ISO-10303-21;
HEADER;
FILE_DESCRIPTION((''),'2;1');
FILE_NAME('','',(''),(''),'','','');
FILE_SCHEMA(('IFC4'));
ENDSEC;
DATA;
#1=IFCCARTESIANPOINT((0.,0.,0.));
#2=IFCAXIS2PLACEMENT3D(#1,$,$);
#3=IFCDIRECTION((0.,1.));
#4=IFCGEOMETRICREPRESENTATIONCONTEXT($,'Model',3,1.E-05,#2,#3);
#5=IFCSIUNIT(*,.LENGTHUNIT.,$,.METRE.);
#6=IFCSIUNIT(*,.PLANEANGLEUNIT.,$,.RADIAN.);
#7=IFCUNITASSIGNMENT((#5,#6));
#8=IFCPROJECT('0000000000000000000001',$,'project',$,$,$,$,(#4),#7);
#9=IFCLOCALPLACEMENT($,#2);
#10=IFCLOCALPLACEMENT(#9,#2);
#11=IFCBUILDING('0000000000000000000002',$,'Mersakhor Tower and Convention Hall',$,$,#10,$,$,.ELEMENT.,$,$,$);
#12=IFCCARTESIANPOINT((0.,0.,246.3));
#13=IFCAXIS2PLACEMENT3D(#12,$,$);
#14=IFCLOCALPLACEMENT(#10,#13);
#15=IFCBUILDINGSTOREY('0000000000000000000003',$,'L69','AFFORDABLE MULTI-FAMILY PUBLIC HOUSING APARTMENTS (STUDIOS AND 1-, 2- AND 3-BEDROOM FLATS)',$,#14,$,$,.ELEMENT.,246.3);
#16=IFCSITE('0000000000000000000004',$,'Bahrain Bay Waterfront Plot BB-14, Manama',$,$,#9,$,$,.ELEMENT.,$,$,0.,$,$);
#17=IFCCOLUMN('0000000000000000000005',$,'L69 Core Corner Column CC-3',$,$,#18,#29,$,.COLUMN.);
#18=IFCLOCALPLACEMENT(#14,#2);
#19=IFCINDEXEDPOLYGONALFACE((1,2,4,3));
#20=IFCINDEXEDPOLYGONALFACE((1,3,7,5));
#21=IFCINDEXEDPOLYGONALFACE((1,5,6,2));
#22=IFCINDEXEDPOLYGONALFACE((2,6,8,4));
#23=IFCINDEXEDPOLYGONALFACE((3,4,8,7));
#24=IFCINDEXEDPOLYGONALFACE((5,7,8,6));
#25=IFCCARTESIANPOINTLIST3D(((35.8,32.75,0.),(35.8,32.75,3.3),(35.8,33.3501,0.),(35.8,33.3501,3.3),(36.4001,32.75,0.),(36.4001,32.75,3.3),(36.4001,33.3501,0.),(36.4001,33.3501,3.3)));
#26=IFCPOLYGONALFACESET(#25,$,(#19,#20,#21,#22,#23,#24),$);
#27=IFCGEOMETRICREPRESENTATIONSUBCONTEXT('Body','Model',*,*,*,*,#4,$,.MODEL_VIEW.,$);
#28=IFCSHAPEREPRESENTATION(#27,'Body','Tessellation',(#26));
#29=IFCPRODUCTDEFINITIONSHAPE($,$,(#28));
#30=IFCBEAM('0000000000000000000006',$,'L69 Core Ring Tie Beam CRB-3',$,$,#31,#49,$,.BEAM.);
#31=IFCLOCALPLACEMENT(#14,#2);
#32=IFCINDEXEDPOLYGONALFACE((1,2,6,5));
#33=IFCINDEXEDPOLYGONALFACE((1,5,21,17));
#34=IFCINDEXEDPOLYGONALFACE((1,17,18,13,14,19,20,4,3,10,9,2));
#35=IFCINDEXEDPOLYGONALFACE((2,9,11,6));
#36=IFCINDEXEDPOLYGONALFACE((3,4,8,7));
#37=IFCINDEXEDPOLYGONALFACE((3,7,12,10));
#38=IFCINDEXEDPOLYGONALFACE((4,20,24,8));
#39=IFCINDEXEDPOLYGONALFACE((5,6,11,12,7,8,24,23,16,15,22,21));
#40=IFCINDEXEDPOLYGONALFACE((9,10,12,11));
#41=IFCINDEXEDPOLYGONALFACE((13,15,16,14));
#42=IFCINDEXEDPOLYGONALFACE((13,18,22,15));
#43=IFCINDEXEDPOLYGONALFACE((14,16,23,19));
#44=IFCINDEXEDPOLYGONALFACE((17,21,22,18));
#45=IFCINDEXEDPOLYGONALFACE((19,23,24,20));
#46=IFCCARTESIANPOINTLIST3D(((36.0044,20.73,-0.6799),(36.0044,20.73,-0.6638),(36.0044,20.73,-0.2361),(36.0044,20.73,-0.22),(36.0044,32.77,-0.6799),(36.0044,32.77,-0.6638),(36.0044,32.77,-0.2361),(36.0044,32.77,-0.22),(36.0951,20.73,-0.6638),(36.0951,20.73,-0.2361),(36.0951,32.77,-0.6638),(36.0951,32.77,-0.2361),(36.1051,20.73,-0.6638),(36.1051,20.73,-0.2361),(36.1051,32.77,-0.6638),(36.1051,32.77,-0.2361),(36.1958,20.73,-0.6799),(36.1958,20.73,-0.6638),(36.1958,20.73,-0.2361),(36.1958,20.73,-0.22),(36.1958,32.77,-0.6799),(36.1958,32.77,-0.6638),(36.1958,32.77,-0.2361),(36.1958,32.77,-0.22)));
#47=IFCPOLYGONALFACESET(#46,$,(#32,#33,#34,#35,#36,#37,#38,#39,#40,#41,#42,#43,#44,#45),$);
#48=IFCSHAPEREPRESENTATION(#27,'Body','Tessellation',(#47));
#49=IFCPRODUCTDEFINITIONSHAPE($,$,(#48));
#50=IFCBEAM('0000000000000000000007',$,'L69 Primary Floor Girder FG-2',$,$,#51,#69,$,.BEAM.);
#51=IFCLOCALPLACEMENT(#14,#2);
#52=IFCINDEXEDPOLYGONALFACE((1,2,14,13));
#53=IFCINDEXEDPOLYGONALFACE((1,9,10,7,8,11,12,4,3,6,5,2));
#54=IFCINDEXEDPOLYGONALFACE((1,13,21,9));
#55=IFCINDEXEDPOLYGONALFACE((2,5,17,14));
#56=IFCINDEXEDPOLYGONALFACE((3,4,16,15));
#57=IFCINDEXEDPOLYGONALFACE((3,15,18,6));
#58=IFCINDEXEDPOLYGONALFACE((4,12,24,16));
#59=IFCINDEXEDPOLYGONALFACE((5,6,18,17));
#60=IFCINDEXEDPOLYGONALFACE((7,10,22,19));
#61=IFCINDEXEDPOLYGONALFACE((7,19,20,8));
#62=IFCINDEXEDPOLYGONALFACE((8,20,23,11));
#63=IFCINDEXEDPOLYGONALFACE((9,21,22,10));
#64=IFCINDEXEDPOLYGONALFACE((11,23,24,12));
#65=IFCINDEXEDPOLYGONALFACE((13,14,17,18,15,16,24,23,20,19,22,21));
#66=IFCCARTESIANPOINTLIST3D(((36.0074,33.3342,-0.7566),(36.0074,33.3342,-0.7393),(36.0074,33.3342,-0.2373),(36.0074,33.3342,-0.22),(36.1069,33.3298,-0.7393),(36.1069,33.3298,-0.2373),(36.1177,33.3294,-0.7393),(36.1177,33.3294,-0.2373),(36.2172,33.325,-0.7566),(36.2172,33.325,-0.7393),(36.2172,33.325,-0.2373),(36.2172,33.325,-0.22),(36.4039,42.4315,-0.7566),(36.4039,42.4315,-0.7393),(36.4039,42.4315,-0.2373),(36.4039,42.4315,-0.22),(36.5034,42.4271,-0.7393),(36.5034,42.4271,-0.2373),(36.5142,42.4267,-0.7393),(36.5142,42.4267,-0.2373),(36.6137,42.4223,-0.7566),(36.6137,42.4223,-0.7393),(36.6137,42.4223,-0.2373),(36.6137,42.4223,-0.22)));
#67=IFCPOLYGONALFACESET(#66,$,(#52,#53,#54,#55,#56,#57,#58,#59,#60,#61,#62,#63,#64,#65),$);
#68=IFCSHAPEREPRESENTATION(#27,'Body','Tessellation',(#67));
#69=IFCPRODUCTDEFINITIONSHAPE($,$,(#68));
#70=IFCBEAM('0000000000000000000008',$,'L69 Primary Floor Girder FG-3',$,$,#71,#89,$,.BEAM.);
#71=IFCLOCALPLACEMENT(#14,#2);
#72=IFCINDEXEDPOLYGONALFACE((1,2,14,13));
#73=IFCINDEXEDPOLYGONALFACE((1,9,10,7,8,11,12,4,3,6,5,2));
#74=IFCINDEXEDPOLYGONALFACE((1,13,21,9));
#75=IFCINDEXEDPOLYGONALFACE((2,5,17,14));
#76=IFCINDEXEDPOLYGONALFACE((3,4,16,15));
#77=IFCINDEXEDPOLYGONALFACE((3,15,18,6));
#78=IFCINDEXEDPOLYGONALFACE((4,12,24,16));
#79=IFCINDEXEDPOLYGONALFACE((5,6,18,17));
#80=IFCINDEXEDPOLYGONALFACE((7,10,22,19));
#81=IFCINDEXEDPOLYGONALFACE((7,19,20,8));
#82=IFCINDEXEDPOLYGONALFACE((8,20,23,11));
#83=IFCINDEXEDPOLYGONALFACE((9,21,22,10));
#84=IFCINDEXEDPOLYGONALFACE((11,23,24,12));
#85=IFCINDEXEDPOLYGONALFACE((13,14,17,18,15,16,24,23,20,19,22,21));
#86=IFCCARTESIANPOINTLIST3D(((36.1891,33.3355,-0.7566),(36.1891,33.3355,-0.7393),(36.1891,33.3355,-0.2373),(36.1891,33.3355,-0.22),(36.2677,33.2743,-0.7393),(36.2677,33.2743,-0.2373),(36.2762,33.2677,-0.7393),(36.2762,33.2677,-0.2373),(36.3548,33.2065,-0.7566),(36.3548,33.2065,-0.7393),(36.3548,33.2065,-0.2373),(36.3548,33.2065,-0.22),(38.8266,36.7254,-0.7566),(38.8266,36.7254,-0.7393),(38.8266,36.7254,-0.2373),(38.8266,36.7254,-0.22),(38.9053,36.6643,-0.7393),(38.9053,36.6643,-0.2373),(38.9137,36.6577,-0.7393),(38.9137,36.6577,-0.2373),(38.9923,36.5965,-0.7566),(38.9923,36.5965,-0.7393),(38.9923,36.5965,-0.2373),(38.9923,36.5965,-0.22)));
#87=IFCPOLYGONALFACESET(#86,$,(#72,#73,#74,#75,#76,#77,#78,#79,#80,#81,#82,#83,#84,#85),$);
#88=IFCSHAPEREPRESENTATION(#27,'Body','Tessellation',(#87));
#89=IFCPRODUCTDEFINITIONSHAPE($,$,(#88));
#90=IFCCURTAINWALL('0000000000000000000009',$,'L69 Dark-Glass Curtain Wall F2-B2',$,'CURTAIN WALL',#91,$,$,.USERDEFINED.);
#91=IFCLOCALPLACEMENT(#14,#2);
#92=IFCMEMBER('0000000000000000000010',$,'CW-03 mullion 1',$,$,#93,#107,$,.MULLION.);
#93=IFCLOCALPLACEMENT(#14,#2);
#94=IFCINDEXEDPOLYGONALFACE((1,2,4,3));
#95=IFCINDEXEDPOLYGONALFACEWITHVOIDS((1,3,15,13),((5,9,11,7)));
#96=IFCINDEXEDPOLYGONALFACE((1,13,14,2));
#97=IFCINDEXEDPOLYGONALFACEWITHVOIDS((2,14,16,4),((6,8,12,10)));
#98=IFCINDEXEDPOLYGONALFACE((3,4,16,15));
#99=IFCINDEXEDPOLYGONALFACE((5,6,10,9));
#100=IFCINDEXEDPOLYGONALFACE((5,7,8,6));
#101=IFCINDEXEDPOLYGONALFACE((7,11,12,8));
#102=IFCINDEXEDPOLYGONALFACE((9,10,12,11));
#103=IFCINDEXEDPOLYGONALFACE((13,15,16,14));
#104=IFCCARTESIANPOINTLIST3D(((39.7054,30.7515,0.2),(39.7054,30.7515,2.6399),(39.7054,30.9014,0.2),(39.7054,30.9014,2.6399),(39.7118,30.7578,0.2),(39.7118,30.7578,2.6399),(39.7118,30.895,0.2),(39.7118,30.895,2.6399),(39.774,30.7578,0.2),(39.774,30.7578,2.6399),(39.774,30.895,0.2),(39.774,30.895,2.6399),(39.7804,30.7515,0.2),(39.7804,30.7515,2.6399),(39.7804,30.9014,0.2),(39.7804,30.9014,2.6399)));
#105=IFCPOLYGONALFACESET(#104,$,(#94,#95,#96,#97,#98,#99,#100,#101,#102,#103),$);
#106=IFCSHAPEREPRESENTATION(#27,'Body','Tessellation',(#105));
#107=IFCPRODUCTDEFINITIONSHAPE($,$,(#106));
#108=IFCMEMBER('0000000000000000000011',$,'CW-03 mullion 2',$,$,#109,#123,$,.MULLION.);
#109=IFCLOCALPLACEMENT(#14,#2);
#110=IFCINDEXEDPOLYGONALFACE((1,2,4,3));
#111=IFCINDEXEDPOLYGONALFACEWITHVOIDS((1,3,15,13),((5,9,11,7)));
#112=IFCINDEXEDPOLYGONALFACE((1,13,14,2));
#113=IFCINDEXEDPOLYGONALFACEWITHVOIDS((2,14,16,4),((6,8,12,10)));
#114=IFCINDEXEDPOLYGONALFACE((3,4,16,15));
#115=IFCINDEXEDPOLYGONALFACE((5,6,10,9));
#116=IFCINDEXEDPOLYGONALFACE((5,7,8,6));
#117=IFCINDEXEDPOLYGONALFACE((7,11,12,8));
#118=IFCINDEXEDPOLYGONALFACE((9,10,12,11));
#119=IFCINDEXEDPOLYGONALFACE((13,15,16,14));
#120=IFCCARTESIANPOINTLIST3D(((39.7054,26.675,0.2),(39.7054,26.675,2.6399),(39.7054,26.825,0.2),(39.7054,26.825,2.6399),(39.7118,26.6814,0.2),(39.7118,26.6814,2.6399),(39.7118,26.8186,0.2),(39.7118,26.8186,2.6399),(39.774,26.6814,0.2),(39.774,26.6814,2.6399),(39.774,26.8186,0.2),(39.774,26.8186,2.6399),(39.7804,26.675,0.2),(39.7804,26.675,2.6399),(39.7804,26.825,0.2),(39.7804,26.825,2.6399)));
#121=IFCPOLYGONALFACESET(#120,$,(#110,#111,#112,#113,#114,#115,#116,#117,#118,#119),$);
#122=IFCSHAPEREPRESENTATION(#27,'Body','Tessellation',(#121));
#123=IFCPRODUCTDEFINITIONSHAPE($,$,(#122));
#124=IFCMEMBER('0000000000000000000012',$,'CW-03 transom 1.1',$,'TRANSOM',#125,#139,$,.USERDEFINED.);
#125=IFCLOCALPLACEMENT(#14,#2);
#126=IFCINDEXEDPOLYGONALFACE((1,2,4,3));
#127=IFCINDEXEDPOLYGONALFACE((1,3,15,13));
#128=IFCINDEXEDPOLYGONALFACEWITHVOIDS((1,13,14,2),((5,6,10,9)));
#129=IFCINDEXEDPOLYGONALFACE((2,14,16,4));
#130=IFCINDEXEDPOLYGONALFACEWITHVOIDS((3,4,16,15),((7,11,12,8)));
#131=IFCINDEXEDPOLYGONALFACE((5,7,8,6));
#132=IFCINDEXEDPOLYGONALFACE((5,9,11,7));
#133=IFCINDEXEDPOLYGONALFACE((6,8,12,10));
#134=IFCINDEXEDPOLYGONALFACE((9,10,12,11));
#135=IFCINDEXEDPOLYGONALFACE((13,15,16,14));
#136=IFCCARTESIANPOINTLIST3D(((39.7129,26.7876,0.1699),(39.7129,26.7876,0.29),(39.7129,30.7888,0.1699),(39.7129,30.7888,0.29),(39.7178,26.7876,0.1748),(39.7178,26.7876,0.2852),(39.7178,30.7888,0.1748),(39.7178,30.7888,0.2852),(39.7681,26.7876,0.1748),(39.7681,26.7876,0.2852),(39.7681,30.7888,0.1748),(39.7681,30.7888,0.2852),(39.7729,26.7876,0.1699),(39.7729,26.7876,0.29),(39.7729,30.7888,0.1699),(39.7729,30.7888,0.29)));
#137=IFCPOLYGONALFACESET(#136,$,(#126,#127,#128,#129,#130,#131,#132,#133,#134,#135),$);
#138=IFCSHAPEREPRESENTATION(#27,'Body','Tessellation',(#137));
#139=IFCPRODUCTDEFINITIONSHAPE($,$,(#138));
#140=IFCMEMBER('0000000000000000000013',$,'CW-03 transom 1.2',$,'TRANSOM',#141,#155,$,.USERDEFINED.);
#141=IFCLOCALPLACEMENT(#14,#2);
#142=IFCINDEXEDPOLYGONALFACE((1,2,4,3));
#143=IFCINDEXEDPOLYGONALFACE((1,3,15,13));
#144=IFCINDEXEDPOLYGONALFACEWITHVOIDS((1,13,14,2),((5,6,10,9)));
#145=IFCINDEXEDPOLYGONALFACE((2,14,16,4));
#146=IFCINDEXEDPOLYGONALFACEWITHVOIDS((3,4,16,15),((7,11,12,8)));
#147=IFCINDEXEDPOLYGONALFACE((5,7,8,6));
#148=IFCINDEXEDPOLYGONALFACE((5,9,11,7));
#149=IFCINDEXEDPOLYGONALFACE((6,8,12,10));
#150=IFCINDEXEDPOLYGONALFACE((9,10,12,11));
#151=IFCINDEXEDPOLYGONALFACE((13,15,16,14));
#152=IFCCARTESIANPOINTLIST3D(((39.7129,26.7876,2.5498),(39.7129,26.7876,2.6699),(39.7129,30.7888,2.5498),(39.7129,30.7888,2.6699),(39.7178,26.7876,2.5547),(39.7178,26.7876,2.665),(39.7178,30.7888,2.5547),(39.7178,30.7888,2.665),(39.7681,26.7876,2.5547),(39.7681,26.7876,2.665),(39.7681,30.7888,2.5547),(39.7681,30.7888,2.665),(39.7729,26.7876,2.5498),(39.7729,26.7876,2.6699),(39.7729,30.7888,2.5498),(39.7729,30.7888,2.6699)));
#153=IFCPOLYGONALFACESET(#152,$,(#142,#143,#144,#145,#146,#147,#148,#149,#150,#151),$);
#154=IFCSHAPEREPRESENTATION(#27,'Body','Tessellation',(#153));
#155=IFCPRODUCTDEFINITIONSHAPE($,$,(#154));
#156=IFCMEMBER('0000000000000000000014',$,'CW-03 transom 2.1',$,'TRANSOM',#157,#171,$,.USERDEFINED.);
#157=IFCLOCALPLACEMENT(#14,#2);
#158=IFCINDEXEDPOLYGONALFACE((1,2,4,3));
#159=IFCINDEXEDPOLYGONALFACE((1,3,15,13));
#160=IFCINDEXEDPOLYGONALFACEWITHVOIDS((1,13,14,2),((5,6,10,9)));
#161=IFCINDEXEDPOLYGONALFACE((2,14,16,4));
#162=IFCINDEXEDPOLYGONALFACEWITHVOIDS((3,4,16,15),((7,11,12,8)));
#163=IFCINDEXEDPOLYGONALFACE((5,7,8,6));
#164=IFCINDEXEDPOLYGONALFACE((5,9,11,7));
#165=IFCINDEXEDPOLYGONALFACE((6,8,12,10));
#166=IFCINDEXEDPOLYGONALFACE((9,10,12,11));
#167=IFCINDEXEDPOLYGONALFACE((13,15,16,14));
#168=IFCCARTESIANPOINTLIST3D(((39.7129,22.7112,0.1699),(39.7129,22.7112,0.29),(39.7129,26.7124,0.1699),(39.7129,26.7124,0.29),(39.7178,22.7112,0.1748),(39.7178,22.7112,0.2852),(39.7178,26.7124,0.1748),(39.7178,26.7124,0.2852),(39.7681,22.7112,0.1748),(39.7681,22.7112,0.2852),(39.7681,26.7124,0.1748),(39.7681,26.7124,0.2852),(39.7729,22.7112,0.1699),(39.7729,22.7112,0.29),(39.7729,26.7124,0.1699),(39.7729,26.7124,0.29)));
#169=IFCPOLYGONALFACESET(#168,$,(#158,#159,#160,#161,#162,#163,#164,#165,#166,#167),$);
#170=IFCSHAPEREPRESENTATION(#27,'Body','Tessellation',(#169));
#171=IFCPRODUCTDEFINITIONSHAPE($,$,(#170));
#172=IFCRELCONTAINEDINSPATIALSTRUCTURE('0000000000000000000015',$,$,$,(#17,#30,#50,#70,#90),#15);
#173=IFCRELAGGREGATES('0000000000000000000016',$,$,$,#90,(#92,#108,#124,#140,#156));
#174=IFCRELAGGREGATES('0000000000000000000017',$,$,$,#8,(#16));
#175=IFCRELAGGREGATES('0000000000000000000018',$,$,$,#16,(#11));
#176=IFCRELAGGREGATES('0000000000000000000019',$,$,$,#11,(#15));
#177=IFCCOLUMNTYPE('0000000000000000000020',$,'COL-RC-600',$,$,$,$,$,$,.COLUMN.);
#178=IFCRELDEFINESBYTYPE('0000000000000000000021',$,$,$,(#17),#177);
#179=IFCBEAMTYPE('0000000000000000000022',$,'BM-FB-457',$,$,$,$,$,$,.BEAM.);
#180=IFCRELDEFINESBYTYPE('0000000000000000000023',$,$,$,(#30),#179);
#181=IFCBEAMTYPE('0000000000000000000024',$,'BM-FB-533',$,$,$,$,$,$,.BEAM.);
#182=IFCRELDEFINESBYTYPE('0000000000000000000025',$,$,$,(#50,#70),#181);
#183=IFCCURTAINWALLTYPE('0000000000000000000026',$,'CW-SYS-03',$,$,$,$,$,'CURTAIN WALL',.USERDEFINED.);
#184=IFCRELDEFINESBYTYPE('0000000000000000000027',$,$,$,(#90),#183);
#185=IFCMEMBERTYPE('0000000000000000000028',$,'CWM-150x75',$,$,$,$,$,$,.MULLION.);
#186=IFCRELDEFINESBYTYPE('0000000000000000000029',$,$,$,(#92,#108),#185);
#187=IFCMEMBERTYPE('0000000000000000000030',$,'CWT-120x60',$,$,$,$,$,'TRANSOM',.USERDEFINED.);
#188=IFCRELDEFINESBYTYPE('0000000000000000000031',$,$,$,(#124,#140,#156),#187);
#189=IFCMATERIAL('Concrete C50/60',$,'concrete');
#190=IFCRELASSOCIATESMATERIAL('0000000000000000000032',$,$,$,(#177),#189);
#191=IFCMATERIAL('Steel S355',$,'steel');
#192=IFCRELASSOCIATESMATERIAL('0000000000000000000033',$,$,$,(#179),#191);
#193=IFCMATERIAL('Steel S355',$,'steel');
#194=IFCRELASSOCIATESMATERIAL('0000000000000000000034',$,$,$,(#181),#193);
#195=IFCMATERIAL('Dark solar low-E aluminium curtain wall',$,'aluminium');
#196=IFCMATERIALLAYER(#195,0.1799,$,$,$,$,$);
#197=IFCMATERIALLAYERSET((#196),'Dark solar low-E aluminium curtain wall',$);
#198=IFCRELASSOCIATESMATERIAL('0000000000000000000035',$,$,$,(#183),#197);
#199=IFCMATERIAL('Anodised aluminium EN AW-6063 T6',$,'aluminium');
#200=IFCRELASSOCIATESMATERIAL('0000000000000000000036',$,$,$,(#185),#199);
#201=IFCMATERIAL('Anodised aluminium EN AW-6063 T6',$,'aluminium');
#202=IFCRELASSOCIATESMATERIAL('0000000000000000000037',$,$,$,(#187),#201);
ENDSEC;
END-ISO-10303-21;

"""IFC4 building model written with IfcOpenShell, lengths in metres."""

from ifc_helpers import new_model, si_unit, direction, frame, origin, origin_2d, place, context, subcontext, project, spatial, rectangle, hollow_rectangle, i_section, extrude, material, layer, layer_set, material_profile, profile_set, type_object, element, aggregate, save


model = new_model("IFC4")

# Units and contexts
model_context = context("Model", 3, precision=1e-05, world=origin(), true_north=direction((0.0, 1.0)))
body_context = subcontext(model_context, "Body", "Model", "MODEL_VIEW")
ifc_project = project(units=[si_unit("LENGTHUNIT", "METRE"), si_unit("PLANEANGLEUNIT", "RADIAN")], contexts=[model_context])

# Site, building, storey
site_placement = place(None, origin())
site = spatial("IfcSite", under=ifc_project, at=site_placement, Name="Bahrain Bay Waterfront Plot BB-14, Manama", CompositionType="ELEMENT", RefElevation=0.0)
building_placement = place(site_placement, origin())
building = spatial("IfcBuilding", under=site, at=building_placement, Name="Mersakhor Tower and Convention Hall", CompositionType="ELEMENT")
storey_placement = place(building_placement, frame((0.0, 0.0, 246.3)))
storey = spatial("IfcBuildingStorey", under=building, at=storey_placement, Name="L69", Description="AFFORDABLE MULTI-FAMILY PUBLIC HOUSING APARTMENTS (STUDIOS AND 1-, 2- AND 3-BEDROOM FLATS)", CompositionType="ELEMENT", Elevation=246.3)

# Column
ifc_material_1 = material(Name="Concrete C50/60", Category="concrete")
ifc_material_profile_1 = material_profile(ifc_material_1, rectangle(XDim=0.6001, YDim=0.6001, at=origin_2d()), Name="RC 600x600")
ifc_profile_set_1 = profile_set([ifc_material_profile_1], Name="Concrete C50/60")
column_type = type_object("IfcColumnType", Name="COL-RC-600", PredefinedType="COLUMN", material=ifc_profile_set_1)
column_placement = place(storey_placement, frame((36.1001, 33.05, 0.0), z_axis=(0.0, 0.0, 1.0), x_axis=(1.0, 0.0, 0.0)))
element("IfcColumn", 1, at=column_placement, inside=storey, type_object=column_type, Name="L69 Core Corner Column CC-3", PredefinedType="COLUMN", context=body_context, shape_type="SweptSolid", body=[
    extrude(rectangle(XDim=0.6001, YDim=0.6001, at=origin_2d()), origin(), (0.0, 0.0, 1.0), 3.3),
])

# Beams
ifc_material_2 = material(Name="Steel S355", Category="steel")
ifc_material_profile_2 = material_profile(ifc_material_2, i_section(OverallWidth=0.1914, OverallDepth=0.46, WebThickness=0.01, FlangeThickness=0.0161, at=origin_2d()), Name="UB 457x191x82")
ifc_profile_set_2 = profile_set([ifc_material_profile_2], Name="Steel S355")
beam_type_1 = type_object("IfcBeamType", Name="BM-FB-457", PredefinedType="BEAM", material=ifc_profile_set_2)
beam_1_placement = place(storey_placement, frame((36.1001, 32.77, -0.45), z_axis=(0.0, -1.0, 0.0), x_axis=(1.0, 0.0, 0.0)))
element("IfcBeam", 2, at=beam_1_placement, inside=storey, type_object=beam_type_1, Name="L69 Core Ring Tie Beam CRB-3", PredefinedType="BEAM", context=body_context, shape_type="SweptSolid", body=[
    extrude(i_section(OverallWidth=0.1914, OverallDepth=0.46, WebThickness=0.01, FlangeThickness=0.0161, at=origin_2d()), origin(), (0.0, 0.0, 1.0), 12.04),
])
ifc_material_3 = material(Name="Steel S355", Category="steel")
ifc_material_profile_3 = material_profile(ifc_material_3, i_section(OverallWidth=0.21, OverallDepth=0.5366, WebThickness=0.0107, FlangeThickness=0.0173, at=origin_2d()), Name="UB 533x210x101")
ifc_profile_set_3 = profile_set([ifc_material_profile_3], Name="Steel S355")
beam_type_2 = type_object("IfcBeamType", Name="BM-FB-533", PredefinedType="BEAM", material=ifc_profile_set_3)
beam_2_placement = place(storey_placement, frame((36.1123, 33.3296, -0.4883), z_axis=(0.043541, 0.999052, 0.0), x_axis=(-0.999052, 0.043541, 0.0)))
element("IfcBeam", 3, at=beam_2_placement, inside=storey, type_object=beam_type_2, Name="L69 Primary Floor Girder FG-2", PredefinedType="BEAM", context=body_context, shape_type="SweptSolid", body=[
    extrude(i_section(OverallWidth=0.21, OverallDepth=0.5366, WebThickness=0.0107, FlangeThickness=0.0173, at=origin_2d()), origin(), (0.0, 0.0, 1.0), 9.106),
])
beam_3_placement = place(storey_placement, frame((36.272, 33.271, -0.4883), z_axis=(0.614067, 0.789254, 0.0), x_axis=(-0.789254, 0.614067, 0.0)))
element("IfcBeam", 4, at=beam_3_placement, inside=storey, type_object=beam_type_2, Name="L69 Primary Floor Girder FG-3", PredefinedType="BEAM", context=body_context, shape_type="SweptSolid", body=[
    extrude(i_section(OverallWidth=0.21, OverallDepth=0.5366, WebThickness=0.0107, FlangeThickness=0.0173, at=origin_2d()), origin(), (0.0, 0.0, 1.0), 4.2952),
])

# Curtain wall, members
ifc_material_4 = material(Name="Dark solar low-E aluminium curtain wall", Category="aluminium")
ifc_layer_1 = layer(ifc_material_4, 0.1799)
ifc_layer_set_1 = layer_set([ifc_layer_1], Name="Dark solar low-E aluminium curtain wall")
curtain_wall_type = type_object("IfcCurtainWallType", Name="CW-SYS-03", ElementType="CURTAIN WALL", PredefinedType="USERDEFINED", material=ifc_layer_set_1)
curtain_wall_placement = place(storey_placement, origin())
curtain_wall = element("IfcCurtainWall", 5, at=curtain_wall_placement, inside=storey, type_object=curtain_wall_type, Name="L69 Dark-Glass Curtain Wall F2-B2", ObjectType="CURTAIN WALL", PredefinedType="USERDEFINED")
ifc_material_5 = material(Name="Anodised aluminium EN AW-6063 T6", Category="aluminium")
ifc_material_profile_4 = material_profile(ifc_material_5, hollow_rectangle(XDim=0.075, YDim=0.1499, WallThickness=0.0063, at=origin_2d()), Name="RHS 150x75x6.3")
ifc_profile_set_4 = profile_set([ifc_material_profile_4], Name="Anodised aluminium EN AW-6063 T6")
member_type_1 = type_object("IfcMemberType", Name="CWM-150x75", PredefinedType="MULLION", material=ifc_profile_set_4)
member_1_placement = place(storey_placement, frame((39.7429, 30.8264, 0.2), z_axis=(0.0, 0.0, 1.0), x_axis=(1.0, 0.0, 0.0)))
member_1 = element("IfcMember", 6, at=member_1_placement, type_object=member_type_1, Name="CW-03 mullion 1", PredefinedType="MULLION", context=body_context, shape_type="SweptSolid", body=[
    extrude(hollow_rectangle(XDim=0.075, YDim=0.1499, WallThickness=0.0063, at=origin_2d()), origin(), (0.0, 0.0, 1.0), 2.4399),
])
member_2_placement = place(storey_placement, frame((39.7429, 26.75, 0.2), z_axis=(0.0, 0.0, 1.0), x_axis=(1.0, 0.0, 0.0)))
member_2 = element("IfcMember", 7, at=member_2_placement, type_object=member_type_1, Name="CW-03 mullion 2", PredefinedType="MULLION", context=body_context, shape_type="SweptSolid", body=[
    extrude(hollow_rectangle(XDim=0.075, YDim=0.1499, WallThickness=0.0063, at=origin_2d()), origin(), (0.0, 0.0, 1.0), 2.4399),
])
ifc_material_6 = material(Name="Anodised aluminium EN AW-6063 T6", Category="aluminium")
ifc_material_profile_5 = material_profile(ifc_material_6, hollow_rectangle(XDim=0.0601, YDim=0.1201, WallThickness=0.0049, at=origin_2d()), Name="RHS 120x60x5")
ifc_profile_set_5 = profile_set([ifc_material_profile_5], Name="Anodised aluminium EN AW-6063 T6")
member_type_2 = type_object("IfcMemberType", Name="CWT-120x60", ElementType="TRANSOM", PredefinedType="USERDEFINED", material=ifc_profile_set_5)
member_3_placement = place(storey_placement, frame((39.7429, 30.7888, 0.23), z_axis=(0.0, -1.0, 0.0), x_axis=(1.0, 0.0, 0.0)))
member_3 = element("IfcMember", 8, at=member_3_placement, type_object=member_type_2, Name="CW-03 transom 1.1", ObjectType="TRANSOM", PredefinedType="USERDEFINED", context=body_context, shape_type="SweptSolid", body=[
    extrude(hollow_rectangle(XDim=0.0601, YDim=0.1201, WallThickness=0.0049, at=origin_2d()), origin(), (0.0, 0.0, 1.0), 4.0012),
])
member_4_placement = place(storey_placement, frame((39.7429, 30.7888, 2.6099), z_axis=(0.0, -1.0, 0.0), x_axis=(1.0, 0.0, 0.0)))
member_4 = element("IfcMember", 9, at=member_4_placement, type_object=member_type_2, Name="CW-03 transom 1.2", ObjectType="TRANSOM", PredefinedType="USERDEFINED", context=body_context, shape_type="SweptSolid", body=[
    extrude(hollow_rectangle(XDim=0.0601, YDim=0.1201, WallThickness=0.0049, at=origin_2d()), origin(), (0.0, 0.0, 1.0), 4.0012),
])
member_5_placement = place(storey_placement, frame((39.7429, 26.7124, 0.23), z_axis=(0.0, -1.0, 0.0), x_axis=(1.0, 0.0, 0.0)))
member_5 = element("IfcMember", 10, at=member_5_placement, type_object=member_type_2, Name="CW-03 transom 2.1", ObjectType="TRANSOM", PredefinedType="USERDEFINED", context=body_context, shape_type="SweptSolid", body=[
    extrude(hollow_rectangle(XDim=0.0601, YDim=0.1201, WallThickness=0.0049, at=origin_2d()), origin(), (0.0, 0.0, 1.0), 4.0012),
])
aggregate(curtain_wall, [member_1, member_2, member_3, member_4, member_5])

save(model, "model.ifc")
